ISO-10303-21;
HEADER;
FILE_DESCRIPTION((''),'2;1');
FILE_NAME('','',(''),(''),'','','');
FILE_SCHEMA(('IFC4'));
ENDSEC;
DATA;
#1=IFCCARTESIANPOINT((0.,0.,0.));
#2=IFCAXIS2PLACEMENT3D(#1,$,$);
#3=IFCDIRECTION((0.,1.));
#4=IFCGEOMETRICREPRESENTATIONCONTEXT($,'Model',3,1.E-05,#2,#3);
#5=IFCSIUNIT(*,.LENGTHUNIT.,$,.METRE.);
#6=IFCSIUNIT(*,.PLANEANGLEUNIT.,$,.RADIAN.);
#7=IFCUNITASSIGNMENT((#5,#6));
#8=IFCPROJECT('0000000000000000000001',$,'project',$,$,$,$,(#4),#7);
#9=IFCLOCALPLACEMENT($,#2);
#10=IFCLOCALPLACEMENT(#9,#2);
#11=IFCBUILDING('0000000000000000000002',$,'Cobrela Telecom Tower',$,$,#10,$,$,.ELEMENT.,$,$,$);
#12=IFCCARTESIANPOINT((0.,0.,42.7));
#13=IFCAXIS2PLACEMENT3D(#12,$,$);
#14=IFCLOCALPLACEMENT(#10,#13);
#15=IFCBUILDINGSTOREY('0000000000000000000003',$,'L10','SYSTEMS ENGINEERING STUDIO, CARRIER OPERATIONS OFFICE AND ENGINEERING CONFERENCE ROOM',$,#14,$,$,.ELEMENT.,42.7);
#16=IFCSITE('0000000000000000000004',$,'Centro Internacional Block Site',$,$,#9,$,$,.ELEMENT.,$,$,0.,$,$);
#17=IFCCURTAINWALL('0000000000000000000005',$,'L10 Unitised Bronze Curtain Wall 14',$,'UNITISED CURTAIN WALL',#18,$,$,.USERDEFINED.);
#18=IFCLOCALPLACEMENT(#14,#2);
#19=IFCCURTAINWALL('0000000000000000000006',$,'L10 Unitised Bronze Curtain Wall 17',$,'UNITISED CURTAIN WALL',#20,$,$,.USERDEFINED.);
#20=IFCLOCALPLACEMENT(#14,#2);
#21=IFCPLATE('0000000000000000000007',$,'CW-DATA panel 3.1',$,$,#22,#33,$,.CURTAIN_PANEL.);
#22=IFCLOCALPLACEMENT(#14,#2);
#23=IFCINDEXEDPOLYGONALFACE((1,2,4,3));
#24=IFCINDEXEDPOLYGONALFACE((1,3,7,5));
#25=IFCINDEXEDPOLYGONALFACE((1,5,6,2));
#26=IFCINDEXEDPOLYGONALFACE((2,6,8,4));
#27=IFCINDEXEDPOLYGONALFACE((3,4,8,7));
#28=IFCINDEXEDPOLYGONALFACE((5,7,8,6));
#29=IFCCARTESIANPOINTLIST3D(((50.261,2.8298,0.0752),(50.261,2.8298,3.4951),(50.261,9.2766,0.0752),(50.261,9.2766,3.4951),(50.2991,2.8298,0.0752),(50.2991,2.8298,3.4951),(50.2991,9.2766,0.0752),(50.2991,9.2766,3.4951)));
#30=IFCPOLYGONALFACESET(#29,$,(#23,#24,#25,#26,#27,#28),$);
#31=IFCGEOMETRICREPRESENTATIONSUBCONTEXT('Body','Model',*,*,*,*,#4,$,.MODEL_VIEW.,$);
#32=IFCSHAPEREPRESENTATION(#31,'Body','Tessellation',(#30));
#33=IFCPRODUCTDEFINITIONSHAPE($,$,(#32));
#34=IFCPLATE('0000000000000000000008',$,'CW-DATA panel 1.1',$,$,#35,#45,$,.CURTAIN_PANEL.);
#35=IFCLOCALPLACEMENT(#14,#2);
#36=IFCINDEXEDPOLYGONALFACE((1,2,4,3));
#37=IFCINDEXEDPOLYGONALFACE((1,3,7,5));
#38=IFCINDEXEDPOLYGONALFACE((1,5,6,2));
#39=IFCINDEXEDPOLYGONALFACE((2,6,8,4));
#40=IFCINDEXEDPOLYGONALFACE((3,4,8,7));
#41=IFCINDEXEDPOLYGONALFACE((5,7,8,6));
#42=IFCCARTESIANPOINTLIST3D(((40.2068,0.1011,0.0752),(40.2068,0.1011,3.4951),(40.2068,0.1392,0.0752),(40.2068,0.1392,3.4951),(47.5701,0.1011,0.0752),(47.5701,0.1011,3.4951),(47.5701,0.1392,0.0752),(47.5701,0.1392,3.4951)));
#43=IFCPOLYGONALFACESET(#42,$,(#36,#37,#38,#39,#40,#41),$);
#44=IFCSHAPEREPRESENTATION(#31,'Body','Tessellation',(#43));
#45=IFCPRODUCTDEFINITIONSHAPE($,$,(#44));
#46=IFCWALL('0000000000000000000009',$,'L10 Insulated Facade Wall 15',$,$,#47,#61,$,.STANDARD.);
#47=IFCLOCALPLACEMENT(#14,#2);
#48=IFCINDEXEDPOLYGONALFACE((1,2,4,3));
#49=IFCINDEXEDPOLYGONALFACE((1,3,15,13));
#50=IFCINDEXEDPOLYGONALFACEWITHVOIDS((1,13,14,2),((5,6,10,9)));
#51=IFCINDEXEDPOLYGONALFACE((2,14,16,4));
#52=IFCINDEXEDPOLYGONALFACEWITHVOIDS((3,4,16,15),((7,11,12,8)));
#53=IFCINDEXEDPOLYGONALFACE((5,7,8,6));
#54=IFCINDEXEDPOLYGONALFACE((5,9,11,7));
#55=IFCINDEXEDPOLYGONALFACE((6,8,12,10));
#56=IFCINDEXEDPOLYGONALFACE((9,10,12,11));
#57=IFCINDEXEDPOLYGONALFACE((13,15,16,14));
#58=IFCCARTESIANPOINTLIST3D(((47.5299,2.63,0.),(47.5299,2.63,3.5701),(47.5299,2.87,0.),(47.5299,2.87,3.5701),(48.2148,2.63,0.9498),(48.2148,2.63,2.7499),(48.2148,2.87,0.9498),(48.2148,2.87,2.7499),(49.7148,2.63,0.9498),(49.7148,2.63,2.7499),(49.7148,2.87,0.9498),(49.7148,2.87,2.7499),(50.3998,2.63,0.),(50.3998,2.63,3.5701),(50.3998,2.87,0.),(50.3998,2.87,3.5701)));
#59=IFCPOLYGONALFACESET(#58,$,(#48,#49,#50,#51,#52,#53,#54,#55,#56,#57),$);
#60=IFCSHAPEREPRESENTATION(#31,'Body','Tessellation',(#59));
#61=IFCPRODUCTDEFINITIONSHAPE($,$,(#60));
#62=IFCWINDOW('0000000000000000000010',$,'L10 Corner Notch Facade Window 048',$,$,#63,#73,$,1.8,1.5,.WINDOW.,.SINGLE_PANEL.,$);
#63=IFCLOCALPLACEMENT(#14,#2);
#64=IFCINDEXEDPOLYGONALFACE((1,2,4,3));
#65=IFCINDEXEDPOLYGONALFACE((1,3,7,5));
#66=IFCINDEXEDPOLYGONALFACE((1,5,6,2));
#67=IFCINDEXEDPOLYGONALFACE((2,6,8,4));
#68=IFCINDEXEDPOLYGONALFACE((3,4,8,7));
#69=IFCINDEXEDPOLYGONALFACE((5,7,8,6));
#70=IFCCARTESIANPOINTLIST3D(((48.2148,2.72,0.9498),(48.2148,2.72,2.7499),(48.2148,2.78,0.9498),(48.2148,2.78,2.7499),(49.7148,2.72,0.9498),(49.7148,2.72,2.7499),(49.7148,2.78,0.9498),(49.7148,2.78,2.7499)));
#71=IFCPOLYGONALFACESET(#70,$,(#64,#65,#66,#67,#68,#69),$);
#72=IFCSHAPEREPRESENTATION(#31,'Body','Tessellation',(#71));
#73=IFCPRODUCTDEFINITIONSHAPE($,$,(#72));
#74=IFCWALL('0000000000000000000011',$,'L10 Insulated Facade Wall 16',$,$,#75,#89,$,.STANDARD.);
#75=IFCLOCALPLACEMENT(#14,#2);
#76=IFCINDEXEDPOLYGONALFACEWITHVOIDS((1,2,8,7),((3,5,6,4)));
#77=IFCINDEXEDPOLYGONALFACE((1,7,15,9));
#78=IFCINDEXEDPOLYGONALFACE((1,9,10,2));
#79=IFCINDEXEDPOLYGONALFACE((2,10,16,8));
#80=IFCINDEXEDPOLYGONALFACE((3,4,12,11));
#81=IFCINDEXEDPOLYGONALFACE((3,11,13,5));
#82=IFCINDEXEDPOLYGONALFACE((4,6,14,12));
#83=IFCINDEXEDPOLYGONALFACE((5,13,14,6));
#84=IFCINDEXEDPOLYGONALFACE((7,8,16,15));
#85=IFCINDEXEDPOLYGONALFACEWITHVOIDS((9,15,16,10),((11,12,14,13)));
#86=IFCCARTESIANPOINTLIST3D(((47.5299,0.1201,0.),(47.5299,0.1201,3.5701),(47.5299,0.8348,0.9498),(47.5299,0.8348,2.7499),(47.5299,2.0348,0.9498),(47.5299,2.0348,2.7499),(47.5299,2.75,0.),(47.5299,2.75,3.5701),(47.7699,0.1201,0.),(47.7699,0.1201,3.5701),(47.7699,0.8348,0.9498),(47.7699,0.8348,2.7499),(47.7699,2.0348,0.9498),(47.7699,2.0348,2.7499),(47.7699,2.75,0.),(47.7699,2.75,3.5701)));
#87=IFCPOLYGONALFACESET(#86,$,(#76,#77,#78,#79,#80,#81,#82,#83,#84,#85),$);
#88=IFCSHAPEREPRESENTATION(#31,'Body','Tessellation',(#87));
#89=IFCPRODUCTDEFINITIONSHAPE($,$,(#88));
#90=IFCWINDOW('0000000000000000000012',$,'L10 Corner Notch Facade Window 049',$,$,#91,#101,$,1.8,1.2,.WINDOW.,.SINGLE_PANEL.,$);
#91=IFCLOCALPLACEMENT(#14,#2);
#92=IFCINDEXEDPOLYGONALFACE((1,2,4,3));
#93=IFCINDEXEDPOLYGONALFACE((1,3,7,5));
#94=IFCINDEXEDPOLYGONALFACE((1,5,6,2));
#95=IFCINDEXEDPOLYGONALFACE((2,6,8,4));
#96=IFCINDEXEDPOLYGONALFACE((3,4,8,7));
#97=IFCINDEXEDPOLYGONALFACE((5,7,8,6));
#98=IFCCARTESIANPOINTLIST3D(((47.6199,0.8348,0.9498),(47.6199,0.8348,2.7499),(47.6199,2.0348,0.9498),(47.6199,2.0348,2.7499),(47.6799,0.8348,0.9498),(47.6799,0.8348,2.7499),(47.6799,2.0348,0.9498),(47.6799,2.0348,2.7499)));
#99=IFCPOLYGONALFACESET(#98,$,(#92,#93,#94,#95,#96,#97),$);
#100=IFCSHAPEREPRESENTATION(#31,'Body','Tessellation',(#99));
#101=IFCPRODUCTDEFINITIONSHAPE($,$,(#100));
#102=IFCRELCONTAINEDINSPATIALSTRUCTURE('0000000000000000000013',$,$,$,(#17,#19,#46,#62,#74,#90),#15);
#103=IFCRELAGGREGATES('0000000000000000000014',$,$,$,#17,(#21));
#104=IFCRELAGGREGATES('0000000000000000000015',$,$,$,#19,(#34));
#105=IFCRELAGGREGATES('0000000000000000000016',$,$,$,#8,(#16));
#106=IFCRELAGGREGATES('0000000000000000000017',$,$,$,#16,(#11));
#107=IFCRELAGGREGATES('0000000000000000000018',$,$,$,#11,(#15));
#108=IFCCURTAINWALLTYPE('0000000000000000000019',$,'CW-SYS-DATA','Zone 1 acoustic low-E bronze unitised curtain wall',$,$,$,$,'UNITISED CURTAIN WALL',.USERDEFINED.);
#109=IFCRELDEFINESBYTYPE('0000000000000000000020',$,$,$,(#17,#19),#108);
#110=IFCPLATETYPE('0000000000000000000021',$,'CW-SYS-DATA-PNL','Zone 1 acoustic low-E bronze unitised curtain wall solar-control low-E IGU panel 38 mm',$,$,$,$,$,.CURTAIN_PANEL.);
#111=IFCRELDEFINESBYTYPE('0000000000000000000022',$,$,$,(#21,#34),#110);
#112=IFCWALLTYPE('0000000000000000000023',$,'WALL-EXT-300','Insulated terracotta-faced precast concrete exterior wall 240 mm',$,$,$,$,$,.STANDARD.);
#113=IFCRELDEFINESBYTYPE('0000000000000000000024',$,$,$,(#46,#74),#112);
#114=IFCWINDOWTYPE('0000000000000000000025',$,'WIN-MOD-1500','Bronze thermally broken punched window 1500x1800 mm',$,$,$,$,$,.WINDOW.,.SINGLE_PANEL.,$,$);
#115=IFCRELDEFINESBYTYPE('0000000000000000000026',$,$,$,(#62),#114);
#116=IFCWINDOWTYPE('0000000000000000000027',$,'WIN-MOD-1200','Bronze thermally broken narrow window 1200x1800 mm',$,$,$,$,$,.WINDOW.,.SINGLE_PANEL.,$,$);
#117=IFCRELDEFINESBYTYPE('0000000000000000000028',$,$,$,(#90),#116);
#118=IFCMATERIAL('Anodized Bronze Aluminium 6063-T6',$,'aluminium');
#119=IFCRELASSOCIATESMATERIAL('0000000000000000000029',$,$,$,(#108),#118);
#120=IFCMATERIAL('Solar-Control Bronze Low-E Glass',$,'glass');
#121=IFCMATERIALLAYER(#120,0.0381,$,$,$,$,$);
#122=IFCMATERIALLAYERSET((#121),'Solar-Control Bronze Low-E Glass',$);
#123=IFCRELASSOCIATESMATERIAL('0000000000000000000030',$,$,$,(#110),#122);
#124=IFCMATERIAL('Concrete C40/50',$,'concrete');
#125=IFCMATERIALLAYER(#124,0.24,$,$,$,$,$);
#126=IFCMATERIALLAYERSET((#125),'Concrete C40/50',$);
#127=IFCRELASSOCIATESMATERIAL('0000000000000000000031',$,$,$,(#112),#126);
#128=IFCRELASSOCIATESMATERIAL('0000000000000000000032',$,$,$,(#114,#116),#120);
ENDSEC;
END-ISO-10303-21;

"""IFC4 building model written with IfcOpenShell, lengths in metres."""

from ifc_helpers import new_model, si_unit, direction, frame, frame_2d, origin, origin_2d, place, context, subcontext, project, spatial, rectangle, extrude, material, layer, layer_set, type_object, element, fill, aggregate, save


model = new_model("IFC4")

# Units and contexts
model_context = context("Model", 3, precision=1e-05, world=origin(), true_north=direction((0.0, 1.0)))
body_context = subcontext(model_context, "Body", "Model", "MODEL_VIEW")
ifc_project = project(units=[si_unit("LENGTHUNIT", "METRE"), si_unit("PLANEANGLEUNIT", "RADIAN")], contexts=[model_context])

# Site, building, storey
site_placement = place(None, origin())
site = spatial("IfcSite", under=ifc_project, at=site_placement, Name="Centro Internacional Block Site", CompositionType="ELEMENT", RefElevation=0.0)
building_placement = place(site_placement, origin())
building = spatial("IfcBuilding", under=site, at=building_placement, Name="Cobrela Telecom Tower", CompositionType="ELEMENT")
storey_placement = place(building_placement, frame((0.0, 0.0, 42.7)))
storey = spatial("IfcBuildingStorey", under=building, at=storey_placement, Name="L10", Description="SYSTEMS ENGINEERING STUDIO, CARRIER OPERATIONS OFFICE AND ENGINEERING CONFERENCE ROOM", CompositionType="ELEMENT", Elevation=42.7)

# Curtain wall
ifc_material_1 = material(Name="Anodized Bronze Aluminium 6063-T6", Category="aluminium")
curtain_wall_type = type_object("IfcCurtainWallType", Name="CW-SYS-DATA", Description="Zone 1 acoustic low-E bronze unitised curtain wall", ElementType="UNITISED CURTAIN WALL", PredefinedType="USERDEFINED", material=ifc_material_1)
curtain_wall_1_placement = place(storey_placement, origin())
curtain_wall_1 = element("IfcCurtainWall", 1, at=curtain_wall_1_placement, inside=storey, type_object=curtain_wall_type, Name="L10 Unitised Bronze Curtain Wall 14", ObjectType="UNITISED CURTAIN WALL", PredefinedType="USERDEFINED")

# Curtain wall
curtain_wall_2_placement = place(storey_placement, origin())
curtain_wall_2 = element("IfcCurtainWall", 2, at=curtain_wall_2_placement, inside=storey, type_object=curtain_wall_type, Name="L10 Unitised Bronze Curtain Wall 17", ObjectType="UNITISED CURTAIN WALL", PredefinedType="USERDEFINED")

# Plates
ifc_material_2 = material(Name="Solar-Control Bronze Low-E Glass", Category="glass")
ifc_layer_1 = layer(ifc_material_2, 0.0381)
ifc_layer_set_1 = layer_set([ifc_layer_1], Name="Solar-Control Bronze Low-E Glass")
plate_type = type_object("IfcPlateType", Name="CW-SYS-DATA-PNL", Description="Zone 1 acoustic low-E bronze unitised curtain wall solar-control low-E IGU panel 38 mm", PredefinedType="CURTAIN_PANEL", material=ifc_layer_set_1)
plate_1_placement = place(storey_placement, frame((50.28, 6.0532, 0.0752), z_axis=(0.0, 0.0, 1.0), x_axis=(0.0, -1.0, 0.0)))
plate_1 = element("IfcPlate", 3, at=plate_1_placement, type_object=plate_type, Name="CW-DATA panel 3.1", PredefinedType="CURTAIN_PANEL", context=body_context, shape_type="SweptSolid", body=[
    extrude(rectangle(XDim=6.4468, YDim=0.0381, at=origin_2d()), origin(), (0.0, 0.0, 1.0), 3.4199),
])
aggregate(curtain_wall_1, [plate_1])
plate_2_placement = place(storey_placement, frame((43.8884, 0.1201, 0.0752), z_axis=(0.0, 0.0, 1.0), x_axis=(-1.0, 0.0, 0.0)))
plate_2 = element("IfcPlate", 4, at=plate_2_placement, type_object=plate_type, Name="CW-DATA panel 1.1", PredefinedType="CURTAIN_PANEL", context=body_context, shape_type="SweptSolid", body=[
    extrude(rectangle(XDim=7.3633, YDim=0.0381, at=origin_2d()), origin(), (0.0, 0.0, 1.0), 3.4199),
])
aggregate(curtain_wall_2, [plate_2])

# Walls, openings, windows
ifc_material_3 = material(Name="Concrete C40/50", Category="concrete")
ifc_layer_2 = layer(ifc_material_3, 0.24)
ifc_layer_set_2 = layer_set([ifc_layer_2], Name="Concrete C40/50")
wall_type = type_object("IfcWallType", Name="WALL-EXT-300", Description="Insulated terracotta-faced precast concrete exterior wall 240 mm", PredefinedType="STANDARD", material=ifc_layer_set_2)
wall_1_placement = place(storey_placement, frame((50.3999, 2.75, 0.0), z_axis=(0.0, 0.0, 1.0), x_axis=(-1.0, 0.0, 0.0)))
wall_1 = element("IfcWall", 5, at=wall_1_placement, inside=storey, type_object=wall_type, Name="L10 Insulated Facade Wall 15", PredefinedType="STANDARD", context=body_context, shape_type="SweptSolid", body=[
    extrude(rectangle(XDim=2.8699, YDim=0.24, at=frame_2d((1.4351, 0.0))), origin(), (0.0, 0.0, 1.0), 3.5701),
])
opening_1_placement = place(wall_1_placement, frame((0.6851, 0.0, 0.95)))
opening_1 = element("IfcOpeningElement", 6, at=opening_1_placement, cuts=wall_1, PredefinedType="OPENING", context=body_context, shape_type="SweptSolid", body=[
    extrude(rectangle(XDim=1.5, YDim=1.8, at=frame_2d((0.75, 0.8999))), frame((0.0, 0.1318, 0.0), z_axis=(0.0, -1.0, 0.0), x_axis=(1.0, 0.0, 0.0)), (0.0, 0.0, 1.0), 0.2639),
])
window_type_1 = type_object("IfcWindowType", Name="WIN-MOD-1500", Description="Bronze thermally broken punched window 1500x1800 mm", PartitioningType="SINGLE_PANEL", PredefinedType="WINDOW", material=ifc_material_2)
window_1_placement = place(opening_1_placement, origin())
window_1 = element("IfcWindow", 7, at=window_1_placement, inside=storey, type_object=window_type_1, Name="L10 Corner Notch Facade Window 048", OverallHeight=1.8, OverallWidth=1.5, PartitioningType="SINGLE_PANEL", PredefinedType="WINDOW", context=body_context, shape_type="SweptSolid", body=[
    extrude(rectangle(XDim=1.5, YDim=1.8, at=frame_2d((0.75, 0.8999))), frame((0.0, 0.03, 0.0), z_axis=(0.0, -1.0, 0.0), x_axis=(1.0, 0.0, 0.0)), (0.0, 0.0, 1.0), 0.0601),
])
fill(opening_1, window_1)
wall_2_placement = place(storey_placement, frame((47.6499, 2.75, 0.0), z_axis=(0.0, 0.0, 1.0), x_axis=(0.0, -1.0, 0.0)))
wall_2 = element("IfcWall", 8, at=wall_2_placement, inside=storey, type_object=wall_type, Name="L10 Insulated Facade Wall 16", PredefinedType="STANDARD", context=body_context, shape_type="SweptSolid", body=[
    extrude(rectangle(XDim=2.6299, YDim=0.24, at=frame_2d((1.3149, 0.0))), origin(), (0.0, 0.0, 1.0), 3.5701),
])
opening_2_placement = place(wall_2_placement, frame((0.7151, 0.0, 0.95)))
opening_2 = element("IfcOpeningElement", 9, at=opening_2_placement, cuts=wall_2, PredefinedType="OPENING", context=body_context, shape_type="SweptSolid", body=[
    extrude(rectangle(XDim=1.2, YDim=1.8, at=frame_2d((0.6001, 0.8999))), frame((0.0, 0.1318, 0.0), z_axis=(0.0, -1.0, 0.0), x_axis=(1.0, 0.0, 0.0)), (0.0, 0.0, 1.0), 0.2639),
])
window_type_2 = type_object("IfcWindowType", Name="WIN-MOD-1200", Description="Bronze thermally broken narrow window 1200x1800 mm", PartitioningType="SINGLE_PANEL", PredefinedType="WINDOW", material=ifc_material_2)
window_2_placement = place(opening_2_placement, origin())
window_2 = element("IfcWindow", 10, at=window_2_placement, inside=storey, type_object=window_type_2, Name="L10 Corner Notch Facade Window 049", OverallHeight=1.8, OverallWidth=1.2, PartitioningType="SINGLE_PANEL", PredefinedType="WINDOW", context=body_context, shape_type="SweptSolid", body=[
    extrude(rectangle(XDim=1.2, YDim=1.8, at=frame_2d((0.6001, 0.8999))), frame((0.0, 0.03, 0.0), z_axis=(0.0, -1.0, 0.0), x_axis=(1.0, 0.0, 0.0)), (0.0, 0.0, 1.0), 0.0601),
])
fill(opening_2, window_2)

save(model, "model.ifc")
